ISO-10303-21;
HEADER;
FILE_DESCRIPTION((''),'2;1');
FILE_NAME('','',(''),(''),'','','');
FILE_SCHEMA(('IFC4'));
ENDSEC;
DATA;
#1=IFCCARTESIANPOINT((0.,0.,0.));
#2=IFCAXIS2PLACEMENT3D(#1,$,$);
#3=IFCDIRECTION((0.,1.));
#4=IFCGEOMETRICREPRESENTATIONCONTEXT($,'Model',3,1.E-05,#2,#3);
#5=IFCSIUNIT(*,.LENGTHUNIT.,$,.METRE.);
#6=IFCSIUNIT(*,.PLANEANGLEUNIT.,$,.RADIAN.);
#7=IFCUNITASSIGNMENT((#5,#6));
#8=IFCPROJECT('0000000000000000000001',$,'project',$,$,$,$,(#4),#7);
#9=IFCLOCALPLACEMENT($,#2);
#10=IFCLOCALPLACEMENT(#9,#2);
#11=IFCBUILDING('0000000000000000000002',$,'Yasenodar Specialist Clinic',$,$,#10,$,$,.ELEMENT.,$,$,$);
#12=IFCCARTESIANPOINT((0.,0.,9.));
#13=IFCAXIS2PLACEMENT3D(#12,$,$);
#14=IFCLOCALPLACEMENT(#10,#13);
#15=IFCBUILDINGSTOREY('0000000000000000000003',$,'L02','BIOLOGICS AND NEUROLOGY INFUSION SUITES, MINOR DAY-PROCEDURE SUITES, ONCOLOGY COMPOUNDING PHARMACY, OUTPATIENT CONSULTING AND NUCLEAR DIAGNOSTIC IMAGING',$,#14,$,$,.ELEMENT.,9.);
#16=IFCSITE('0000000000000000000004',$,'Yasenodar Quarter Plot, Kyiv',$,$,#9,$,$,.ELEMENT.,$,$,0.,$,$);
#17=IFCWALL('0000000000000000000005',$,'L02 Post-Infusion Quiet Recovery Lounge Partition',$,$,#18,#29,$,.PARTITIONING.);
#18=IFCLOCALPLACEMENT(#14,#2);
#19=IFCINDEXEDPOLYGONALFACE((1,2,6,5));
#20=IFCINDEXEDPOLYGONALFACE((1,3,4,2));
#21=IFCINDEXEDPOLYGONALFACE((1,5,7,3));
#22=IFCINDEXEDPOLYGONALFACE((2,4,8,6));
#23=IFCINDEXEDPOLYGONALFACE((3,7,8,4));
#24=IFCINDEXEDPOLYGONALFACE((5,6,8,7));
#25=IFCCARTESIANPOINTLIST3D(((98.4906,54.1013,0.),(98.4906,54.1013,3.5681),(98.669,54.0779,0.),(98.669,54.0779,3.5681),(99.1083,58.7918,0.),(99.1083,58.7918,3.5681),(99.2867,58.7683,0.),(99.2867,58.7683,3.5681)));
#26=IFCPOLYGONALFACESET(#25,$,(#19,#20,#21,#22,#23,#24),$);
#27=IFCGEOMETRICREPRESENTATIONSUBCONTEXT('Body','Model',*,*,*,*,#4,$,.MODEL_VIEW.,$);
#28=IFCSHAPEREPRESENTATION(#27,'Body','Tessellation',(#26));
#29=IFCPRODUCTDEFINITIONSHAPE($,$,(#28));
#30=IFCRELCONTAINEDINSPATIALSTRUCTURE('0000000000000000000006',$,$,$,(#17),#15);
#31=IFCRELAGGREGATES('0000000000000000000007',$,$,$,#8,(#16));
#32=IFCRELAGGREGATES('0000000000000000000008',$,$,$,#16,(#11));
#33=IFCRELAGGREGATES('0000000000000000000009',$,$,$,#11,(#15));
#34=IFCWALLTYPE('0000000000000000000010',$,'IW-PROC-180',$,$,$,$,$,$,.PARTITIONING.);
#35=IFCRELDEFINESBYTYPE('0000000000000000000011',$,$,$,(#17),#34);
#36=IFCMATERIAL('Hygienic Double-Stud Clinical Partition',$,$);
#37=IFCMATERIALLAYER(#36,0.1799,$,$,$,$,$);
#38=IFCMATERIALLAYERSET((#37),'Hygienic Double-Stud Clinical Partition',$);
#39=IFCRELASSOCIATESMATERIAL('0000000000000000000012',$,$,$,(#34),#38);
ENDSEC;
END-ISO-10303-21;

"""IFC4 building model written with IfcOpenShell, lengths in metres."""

from ifc_helpers import new_model, si_unit, direction, frame, frame_2d, origin, place, context, subcontext, project, spatial, rectangle, extrude, material, layer, layer_set, type_object, element, save


model = new_model("IFC4")

# Units and contexts
model_context = context("Model", 3, precision=1e-05, world=origin(), true_north=direction((0.0, 1.0)))
body_context = subcontext(model_context, "Body", "Model", "MODEL_VIEW")
ifc_project = project(units=[si_unit("LENGTHUNIT", "METRE"), si_unit("PLANEANGLEUNIT", "RADIAN")], contexts=[model_context])

# Site, building, storey
site_placement = place(None, origin())
site = spatial("IfcSite", under=ifc_project, at=site_placement, Name="Yasenodar Quarter Plot, Kyiv", CompositionType="ELEMENT", RefElevation=0.0)
building_placement = place(site_placement, origin())
building = spatial("IfcBuilding", under=site, at=building_placement, Name="Yasenodar Specialist Clinic", CompositionType="ELEMENT")
storey_placement = place(building_placement, frame((0.0, 0.0, 9.0)))
storey = spatial("IfcBuildingStorey", under=building, at=storey_placement, Name="L02", Description="BIOLOGICS AND NEUROLOGY INFUSION SUITES, MINOR DAY-PROCEDURE SUITES, ONCOLOGY COMPOUNDING PHARMACY, OUTPATIENT CONSULTING AND NUCLEAR DIAGNOSTIC IMAGING", CompositionType="ELEMENT", Elevation=9.0)

# Wall
ifc_material_1 = material(Name="Hygienic Double-Stud Clinical Partition")
ifc_layer_1 = layer(ifc_material_1, 0.1799)
ifc_layer_set_1 = layer_set([ifc_layer_1], Name="Hygienic Double-Stud Clinical Partition")
wall_type_1 = type_object("IfcWallType", Name="IW-PROC-180", PredefinedType="PARTITIONING", material=ifc_layer_set_1)
wall_1_placement = place(storey_placement, frame((98.5798, 54.0896, 0.0), z_axis=(0.0, 0.0, 1.0), x_axis=(0.130561, 0.99144, 0.0)))
element("IfcWall", 1, at=wall_1_placement, inside=storey, type_object=wall_type_1, Name="L02 Post-Infusion Quiet Recovery Lounge Partition", PredefinedType="PARTITIONING", context=body_context, shape_type="SweptSolid", body=[
    extrude(rectangle(XDim=4.731, YDim=0.1799, at=frame_2d((2.3655, 0.0))), origin(), (0.0, 0.0, 1.0), 3.5681),
])

save(model, "model.ifc")
